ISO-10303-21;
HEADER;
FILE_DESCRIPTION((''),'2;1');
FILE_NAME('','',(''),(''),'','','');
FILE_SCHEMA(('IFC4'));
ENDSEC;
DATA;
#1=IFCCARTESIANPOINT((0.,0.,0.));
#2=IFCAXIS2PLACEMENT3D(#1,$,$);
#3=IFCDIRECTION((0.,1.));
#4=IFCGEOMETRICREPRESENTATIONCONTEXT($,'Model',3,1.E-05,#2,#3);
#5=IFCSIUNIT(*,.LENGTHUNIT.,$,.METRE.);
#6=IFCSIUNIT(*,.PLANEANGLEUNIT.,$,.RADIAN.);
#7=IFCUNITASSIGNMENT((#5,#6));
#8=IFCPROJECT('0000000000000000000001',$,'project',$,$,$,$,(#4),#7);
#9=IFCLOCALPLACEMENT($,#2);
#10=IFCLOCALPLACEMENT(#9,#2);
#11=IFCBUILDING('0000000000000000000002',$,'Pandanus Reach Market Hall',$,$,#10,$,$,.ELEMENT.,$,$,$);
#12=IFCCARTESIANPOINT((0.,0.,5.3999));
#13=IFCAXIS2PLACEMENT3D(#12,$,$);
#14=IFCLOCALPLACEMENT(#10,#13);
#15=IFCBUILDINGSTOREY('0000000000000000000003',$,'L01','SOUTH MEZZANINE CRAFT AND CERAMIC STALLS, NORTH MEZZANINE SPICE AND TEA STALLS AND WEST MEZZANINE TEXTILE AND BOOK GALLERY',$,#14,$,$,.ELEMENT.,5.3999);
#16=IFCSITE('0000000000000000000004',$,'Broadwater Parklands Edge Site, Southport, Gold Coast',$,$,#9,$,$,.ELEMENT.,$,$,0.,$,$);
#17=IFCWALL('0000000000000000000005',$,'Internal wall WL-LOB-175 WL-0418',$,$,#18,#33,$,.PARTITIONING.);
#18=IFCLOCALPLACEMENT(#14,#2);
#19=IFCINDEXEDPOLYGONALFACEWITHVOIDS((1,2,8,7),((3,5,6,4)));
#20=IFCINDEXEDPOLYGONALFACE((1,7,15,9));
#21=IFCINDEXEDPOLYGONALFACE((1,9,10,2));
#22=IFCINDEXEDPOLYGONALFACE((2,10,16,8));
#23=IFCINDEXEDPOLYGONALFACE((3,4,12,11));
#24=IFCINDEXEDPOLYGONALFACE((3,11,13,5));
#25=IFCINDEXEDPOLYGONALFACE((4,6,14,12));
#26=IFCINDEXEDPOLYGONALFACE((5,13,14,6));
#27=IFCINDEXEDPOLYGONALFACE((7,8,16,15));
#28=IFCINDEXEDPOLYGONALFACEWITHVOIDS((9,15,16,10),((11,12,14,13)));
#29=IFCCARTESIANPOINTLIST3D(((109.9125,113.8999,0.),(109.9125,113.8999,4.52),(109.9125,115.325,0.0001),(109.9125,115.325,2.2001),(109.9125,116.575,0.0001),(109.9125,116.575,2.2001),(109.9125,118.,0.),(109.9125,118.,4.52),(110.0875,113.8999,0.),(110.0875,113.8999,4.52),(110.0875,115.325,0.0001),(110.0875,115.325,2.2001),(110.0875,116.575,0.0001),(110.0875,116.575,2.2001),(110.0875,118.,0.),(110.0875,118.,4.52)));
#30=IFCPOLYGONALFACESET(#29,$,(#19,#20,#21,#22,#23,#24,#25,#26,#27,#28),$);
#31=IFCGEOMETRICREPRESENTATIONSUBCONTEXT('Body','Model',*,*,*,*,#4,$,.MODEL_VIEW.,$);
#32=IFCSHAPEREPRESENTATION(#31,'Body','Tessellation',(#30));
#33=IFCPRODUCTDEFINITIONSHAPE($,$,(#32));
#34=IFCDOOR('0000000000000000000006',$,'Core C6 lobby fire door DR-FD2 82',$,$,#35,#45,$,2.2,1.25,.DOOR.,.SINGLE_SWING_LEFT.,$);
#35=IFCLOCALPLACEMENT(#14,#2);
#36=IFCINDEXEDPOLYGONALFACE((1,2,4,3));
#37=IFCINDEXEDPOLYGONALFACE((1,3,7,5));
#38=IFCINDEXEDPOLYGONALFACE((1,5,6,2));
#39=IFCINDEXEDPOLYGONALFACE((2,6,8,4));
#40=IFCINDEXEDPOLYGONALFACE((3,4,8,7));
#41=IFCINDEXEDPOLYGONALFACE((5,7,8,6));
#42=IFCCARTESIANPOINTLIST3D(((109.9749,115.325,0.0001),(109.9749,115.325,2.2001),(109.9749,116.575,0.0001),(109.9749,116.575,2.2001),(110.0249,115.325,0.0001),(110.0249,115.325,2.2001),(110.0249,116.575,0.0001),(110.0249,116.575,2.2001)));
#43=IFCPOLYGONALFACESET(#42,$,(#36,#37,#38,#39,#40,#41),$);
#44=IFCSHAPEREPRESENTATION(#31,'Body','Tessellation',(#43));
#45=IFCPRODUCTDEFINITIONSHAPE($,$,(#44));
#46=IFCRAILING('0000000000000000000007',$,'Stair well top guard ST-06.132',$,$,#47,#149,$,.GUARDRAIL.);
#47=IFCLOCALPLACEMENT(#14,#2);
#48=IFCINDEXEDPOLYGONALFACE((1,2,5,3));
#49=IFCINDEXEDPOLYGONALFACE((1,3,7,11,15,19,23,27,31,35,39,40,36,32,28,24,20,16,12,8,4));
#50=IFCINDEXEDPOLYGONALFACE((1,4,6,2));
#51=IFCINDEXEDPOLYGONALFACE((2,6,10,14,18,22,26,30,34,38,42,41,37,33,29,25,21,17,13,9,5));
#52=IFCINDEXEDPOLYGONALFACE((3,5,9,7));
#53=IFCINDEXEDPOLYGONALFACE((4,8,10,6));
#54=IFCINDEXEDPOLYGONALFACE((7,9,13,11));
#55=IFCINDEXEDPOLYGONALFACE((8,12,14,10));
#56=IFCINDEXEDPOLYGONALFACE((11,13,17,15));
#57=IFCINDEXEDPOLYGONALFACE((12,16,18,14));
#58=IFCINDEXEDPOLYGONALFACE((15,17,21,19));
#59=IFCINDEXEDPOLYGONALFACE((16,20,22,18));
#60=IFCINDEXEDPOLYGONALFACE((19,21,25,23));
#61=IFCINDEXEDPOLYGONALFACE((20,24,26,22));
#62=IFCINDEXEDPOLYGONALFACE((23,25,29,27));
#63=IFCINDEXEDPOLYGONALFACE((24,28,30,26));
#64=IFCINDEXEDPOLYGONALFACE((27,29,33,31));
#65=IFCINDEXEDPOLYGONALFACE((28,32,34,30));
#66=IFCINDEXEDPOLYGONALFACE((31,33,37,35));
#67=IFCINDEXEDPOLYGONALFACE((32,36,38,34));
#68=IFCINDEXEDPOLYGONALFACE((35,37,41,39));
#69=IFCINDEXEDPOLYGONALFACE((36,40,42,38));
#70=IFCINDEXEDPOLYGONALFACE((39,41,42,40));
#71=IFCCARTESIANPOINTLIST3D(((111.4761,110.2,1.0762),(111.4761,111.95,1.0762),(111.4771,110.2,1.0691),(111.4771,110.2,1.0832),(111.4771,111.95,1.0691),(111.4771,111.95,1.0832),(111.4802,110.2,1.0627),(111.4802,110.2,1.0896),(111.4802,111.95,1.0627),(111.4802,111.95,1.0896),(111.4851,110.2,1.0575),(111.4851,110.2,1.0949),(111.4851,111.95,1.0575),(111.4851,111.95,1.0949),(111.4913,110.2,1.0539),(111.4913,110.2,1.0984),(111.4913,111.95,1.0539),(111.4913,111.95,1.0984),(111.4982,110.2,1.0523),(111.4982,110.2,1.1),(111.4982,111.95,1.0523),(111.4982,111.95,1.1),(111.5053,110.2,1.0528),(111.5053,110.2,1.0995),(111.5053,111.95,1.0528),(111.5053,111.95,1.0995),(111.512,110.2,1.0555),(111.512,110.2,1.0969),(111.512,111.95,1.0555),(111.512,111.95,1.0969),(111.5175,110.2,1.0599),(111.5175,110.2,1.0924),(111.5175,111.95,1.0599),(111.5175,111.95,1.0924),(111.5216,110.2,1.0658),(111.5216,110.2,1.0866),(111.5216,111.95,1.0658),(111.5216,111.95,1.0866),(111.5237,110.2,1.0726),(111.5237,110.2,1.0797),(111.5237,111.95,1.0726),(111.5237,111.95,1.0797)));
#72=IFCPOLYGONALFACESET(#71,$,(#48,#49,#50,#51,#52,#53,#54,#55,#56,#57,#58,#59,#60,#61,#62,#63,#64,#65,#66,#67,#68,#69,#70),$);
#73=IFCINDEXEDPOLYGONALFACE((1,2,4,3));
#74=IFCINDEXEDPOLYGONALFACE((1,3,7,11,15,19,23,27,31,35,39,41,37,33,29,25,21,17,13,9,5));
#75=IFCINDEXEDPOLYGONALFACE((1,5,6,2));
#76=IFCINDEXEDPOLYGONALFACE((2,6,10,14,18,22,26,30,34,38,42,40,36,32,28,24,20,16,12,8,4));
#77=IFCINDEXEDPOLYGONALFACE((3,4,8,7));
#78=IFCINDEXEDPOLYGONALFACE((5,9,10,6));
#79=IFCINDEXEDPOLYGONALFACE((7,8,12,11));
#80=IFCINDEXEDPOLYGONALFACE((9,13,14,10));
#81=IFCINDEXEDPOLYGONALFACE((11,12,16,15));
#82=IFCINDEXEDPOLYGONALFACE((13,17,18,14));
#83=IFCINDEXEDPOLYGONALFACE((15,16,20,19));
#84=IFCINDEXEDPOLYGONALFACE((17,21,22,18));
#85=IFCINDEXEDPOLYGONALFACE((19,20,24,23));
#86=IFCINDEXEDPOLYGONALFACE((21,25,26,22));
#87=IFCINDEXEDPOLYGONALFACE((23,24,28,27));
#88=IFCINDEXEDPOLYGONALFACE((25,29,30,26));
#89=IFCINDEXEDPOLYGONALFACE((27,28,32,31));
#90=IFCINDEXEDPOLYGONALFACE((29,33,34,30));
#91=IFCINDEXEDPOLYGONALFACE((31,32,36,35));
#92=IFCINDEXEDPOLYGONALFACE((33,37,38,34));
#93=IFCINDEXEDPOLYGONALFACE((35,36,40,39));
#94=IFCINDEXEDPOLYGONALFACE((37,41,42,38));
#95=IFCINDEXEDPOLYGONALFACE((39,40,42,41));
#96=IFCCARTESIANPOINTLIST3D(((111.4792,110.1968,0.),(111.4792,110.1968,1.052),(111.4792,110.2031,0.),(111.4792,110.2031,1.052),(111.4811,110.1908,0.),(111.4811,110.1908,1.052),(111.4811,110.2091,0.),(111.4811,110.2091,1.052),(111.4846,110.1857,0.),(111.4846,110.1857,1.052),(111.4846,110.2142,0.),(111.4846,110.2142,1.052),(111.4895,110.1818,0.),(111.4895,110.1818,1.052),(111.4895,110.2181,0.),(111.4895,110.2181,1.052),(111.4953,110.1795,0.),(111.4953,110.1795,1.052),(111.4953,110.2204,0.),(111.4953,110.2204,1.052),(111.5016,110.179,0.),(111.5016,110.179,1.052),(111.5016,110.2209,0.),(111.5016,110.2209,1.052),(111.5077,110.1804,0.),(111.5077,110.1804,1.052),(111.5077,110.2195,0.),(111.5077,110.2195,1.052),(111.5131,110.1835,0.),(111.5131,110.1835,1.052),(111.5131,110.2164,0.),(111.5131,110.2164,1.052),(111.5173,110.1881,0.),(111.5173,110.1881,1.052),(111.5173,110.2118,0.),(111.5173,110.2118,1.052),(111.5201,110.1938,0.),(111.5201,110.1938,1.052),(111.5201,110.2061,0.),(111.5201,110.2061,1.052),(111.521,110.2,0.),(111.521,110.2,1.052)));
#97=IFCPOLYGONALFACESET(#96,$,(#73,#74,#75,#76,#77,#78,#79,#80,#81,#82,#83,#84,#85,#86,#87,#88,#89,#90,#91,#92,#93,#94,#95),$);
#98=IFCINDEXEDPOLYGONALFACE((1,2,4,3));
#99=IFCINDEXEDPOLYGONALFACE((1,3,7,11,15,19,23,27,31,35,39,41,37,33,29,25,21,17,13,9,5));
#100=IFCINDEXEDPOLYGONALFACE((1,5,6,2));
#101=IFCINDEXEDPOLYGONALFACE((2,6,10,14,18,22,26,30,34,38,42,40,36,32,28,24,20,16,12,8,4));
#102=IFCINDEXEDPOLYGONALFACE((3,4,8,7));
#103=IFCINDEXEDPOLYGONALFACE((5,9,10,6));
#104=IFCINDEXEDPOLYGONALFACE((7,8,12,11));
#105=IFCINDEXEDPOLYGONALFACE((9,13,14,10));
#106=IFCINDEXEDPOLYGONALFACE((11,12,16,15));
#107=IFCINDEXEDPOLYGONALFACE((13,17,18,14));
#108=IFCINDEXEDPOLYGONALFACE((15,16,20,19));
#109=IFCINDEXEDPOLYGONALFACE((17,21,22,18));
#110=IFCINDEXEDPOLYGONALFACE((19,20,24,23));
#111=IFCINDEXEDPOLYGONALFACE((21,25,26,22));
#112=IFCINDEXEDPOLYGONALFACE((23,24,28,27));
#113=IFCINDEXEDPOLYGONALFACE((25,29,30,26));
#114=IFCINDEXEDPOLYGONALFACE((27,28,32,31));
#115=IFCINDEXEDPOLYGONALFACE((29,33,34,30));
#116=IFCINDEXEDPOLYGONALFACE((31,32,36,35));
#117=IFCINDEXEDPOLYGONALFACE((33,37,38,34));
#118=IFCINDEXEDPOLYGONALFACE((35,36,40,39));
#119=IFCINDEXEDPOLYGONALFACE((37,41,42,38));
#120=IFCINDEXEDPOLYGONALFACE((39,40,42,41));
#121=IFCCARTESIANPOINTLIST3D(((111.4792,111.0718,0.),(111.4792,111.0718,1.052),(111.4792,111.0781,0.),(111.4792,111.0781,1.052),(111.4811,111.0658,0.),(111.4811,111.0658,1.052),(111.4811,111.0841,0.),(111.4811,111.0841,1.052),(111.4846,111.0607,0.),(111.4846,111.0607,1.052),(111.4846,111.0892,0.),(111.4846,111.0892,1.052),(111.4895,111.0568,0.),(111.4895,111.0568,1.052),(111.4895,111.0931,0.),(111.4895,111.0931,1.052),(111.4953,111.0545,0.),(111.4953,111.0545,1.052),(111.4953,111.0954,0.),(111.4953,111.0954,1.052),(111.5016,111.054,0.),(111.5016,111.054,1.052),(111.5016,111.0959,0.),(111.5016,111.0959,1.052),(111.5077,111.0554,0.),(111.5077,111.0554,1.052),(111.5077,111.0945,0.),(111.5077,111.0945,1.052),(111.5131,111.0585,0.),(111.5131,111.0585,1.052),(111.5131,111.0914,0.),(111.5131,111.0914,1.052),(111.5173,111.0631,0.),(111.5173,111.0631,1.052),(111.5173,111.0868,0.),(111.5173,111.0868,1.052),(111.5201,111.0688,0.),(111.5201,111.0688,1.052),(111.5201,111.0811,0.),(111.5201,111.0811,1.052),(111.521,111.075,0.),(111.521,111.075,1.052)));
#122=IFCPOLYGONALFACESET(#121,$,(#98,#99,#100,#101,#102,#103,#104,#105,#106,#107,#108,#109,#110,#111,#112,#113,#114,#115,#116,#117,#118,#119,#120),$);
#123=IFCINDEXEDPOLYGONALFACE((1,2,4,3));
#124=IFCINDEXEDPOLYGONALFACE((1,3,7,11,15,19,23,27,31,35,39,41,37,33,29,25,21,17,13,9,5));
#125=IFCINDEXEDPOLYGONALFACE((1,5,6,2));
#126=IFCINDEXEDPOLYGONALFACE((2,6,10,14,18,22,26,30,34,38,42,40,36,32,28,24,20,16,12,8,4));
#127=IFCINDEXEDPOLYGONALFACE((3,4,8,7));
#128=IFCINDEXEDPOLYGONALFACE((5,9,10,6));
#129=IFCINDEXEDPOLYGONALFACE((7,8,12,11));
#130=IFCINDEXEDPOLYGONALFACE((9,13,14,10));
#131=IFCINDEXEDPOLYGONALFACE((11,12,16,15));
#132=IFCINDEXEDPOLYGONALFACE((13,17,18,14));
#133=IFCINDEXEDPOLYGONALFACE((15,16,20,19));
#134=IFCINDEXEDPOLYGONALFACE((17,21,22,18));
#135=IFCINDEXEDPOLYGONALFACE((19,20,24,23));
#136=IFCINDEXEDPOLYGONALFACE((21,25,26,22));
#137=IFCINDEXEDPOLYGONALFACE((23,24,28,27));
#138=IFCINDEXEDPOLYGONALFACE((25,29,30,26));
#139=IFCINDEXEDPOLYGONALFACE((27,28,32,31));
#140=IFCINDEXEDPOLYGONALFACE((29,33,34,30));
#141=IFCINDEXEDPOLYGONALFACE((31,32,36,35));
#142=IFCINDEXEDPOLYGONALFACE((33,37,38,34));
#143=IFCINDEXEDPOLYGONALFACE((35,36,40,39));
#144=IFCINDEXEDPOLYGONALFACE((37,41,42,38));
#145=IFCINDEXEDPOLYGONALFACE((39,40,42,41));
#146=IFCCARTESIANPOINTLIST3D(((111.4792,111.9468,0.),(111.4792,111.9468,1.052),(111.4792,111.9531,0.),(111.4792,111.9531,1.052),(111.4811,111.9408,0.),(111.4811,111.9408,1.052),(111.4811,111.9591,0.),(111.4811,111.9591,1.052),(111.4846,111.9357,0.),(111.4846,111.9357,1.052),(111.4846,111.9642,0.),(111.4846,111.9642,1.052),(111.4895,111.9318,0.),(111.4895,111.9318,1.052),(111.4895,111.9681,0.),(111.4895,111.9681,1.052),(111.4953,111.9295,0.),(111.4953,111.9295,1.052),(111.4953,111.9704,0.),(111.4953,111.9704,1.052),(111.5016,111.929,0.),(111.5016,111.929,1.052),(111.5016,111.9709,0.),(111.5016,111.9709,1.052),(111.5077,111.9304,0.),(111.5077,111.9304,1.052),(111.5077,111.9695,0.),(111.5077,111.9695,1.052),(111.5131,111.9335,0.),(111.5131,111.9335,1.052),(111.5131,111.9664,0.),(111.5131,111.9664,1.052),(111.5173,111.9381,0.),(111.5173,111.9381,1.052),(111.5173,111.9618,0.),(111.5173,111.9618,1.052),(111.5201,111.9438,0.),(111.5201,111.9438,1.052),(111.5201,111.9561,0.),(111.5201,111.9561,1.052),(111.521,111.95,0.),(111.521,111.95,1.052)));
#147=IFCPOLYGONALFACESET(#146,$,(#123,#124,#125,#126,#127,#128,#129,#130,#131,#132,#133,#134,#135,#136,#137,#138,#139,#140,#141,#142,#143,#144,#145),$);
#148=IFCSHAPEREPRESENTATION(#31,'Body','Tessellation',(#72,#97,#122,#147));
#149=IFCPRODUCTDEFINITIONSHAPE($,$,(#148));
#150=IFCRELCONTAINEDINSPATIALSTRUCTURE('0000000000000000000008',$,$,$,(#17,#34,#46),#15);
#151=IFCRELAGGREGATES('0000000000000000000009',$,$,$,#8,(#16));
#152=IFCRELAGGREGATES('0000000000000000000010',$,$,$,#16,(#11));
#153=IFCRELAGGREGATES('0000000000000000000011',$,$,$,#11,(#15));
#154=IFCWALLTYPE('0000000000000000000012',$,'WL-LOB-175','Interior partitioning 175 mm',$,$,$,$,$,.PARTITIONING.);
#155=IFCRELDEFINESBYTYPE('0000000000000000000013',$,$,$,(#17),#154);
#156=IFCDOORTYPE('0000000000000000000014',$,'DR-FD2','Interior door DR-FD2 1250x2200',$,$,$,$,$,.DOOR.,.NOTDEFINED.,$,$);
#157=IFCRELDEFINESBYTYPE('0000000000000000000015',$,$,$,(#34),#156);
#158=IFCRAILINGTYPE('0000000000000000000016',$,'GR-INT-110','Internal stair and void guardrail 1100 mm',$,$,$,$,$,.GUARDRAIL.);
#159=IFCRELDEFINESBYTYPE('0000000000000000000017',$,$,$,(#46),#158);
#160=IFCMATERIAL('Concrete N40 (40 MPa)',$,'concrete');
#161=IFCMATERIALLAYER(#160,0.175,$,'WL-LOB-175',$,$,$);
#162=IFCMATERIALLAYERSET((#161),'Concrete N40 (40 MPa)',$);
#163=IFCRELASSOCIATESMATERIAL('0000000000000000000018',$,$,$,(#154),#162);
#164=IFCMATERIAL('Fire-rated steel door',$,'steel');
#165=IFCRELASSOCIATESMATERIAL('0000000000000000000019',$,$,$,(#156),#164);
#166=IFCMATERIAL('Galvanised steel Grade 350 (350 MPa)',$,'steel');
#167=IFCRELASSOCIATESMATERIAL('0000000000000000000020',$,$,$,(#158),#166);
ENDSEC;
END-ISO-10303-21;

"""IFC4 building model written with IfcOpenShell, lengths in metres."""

from ifc_helpers import new_model, si_unit, direction, frame, frame_2d, origin, origin_2d, place, context, subcontext, project, spatial, rectangle, circle, extrude, material, layer, layer_set, type_object, element, fill, save


model = new_model("IFC4")

# Units and contexts
model_context = context("Model", 3, precision=1e-05, world=origin(), true_north=direction((0.0, 1.0)))
body_context = subcontext(model_context, "Body", "Model", "MODEL_VIEW")
ifc_project = project(units=[si_unit("LENGTHUNIT", "METRE"), si_unit("PLANEANGLEUNIT", "RADIAN")], contexts=[model_context])

# Site, building, storey
site_placement = place(None, origin())
site = spatial("IfcSite", under=ifc_project, at=site_placement, Name="Broadwater Parklands Edge Site, Southport, Gold Coast", CompositionType="ELEMENT", RefElevation=0.0)
building_placement = place(site_placement, origin())
building = spatial("IfcBuilding", under=site, at=building_placement, Name="Pandanus Reach Market Hall", CompositionType="ELEMENT")
storey_placement = place(building_placement, frame((0.0, 0.0, 5.3999)))
storey = spatial("IfcBuildingStorey", under=building, at=storey_placement, Name="L01", Description="SOUTH MEZZANINE CRAFT AND CERAMIC STALLS, NORTH MEZZANINE SPICE AND TEA STALLS AND WEST MEZZANINE TEXTILE AND BOOK GALLERY", CompositionType="ELEMENT", Elevation=5.3999)

# Shared definitions
ifc_material_1 = material(Name="Concrete N40 (40 MPa)", Category="concrete")

# Shared definitions
ifc_material_2 = material(Name="Fire-rated steel door", Category="steel")

# Wall, opening, door
ifc_layer_1 = layer(ifc_material_1, 0.175, Name="WL-LOB-175")
ifc_layer_set_1 = layer_set([ifc_layer_1], Name="Concrete N40 (40 MPa)")
wall_type_1 = type_object("IfcWallType", Name="WL-LOB-175", Description="Interior partitioning 175 mm", PredefinedType="PARTITIONING", material=ifc_layer_set_1)
wall_1_placement = place(storey_placement, frame((110.0, 113.8999, 0.0), z_axis=(0.0, 0.0, 1.0), x_axis=(0.0, 1.0, 0.0)))
wall_1 = element("IfcWall", 1, at=wall_1_placement, inside=storey, type_object=wall_type_1, Name="Internal wall WL-LOB-175 WL-0418", PredefinedType="PARTITIONING", context=body_context, shape_type="SweptSolid", body=[
    extrude(rectangle(XDim=4.1001, YDim=0.175, at=frame_2d((2.05, 0.0))), origin(), (0.0, 0.0, 1.0), 4.52),
])
opening_1_placement = place(wall_1_placement, frame((1.425, 0.0, 0.0)))
opening_1 = element("IfcOpeningElement", 2, at=opening_1_placement, cuts=wall_1, PredefinedType="OPENING", context=body_context, shape_type="SweptSolid", body=[
    extrude(rectangle(XDim=1.25, YDim=2.2, at=frame_2d((0.625, 1.1001))), frame((0.0, 0.1025, 0.0), z_axis=(0.0, -1.0, 0.0), x_axis=(1.0, 0.0, 0.0)), (0.0, 0.0, 1.0), 0.2051),
])
door_type_1 = type_object("IfcDoorType", Name="DR-FD2", Description="Interior door DR-FD2 1250x2200", OperationType="NOTDEFINED", PredefinedType="DOOR", material=ifc_material_2)
door_1_placement = place(opening_1_placement, frame((1.25, 0.0, 0.0), z_axis=(0.0, 0.0, 1.0), x_axis=(-1.0, 0.0, 0.0)))
door_1 = element("IfcDoor", 3, at=door_1_placement, inside=storey, type_object=door_type_1, Name="Core C6 lobby fire door DR-FD2 82", OperationType="SINGLE_SWING_LEFT", OverallHeight=2.2, OverallWidth=1.25, PredefinedType="DOOR", context=body_context, shape_type="SweptSolid", body=[
    extrude(rectangle(XDim=1.25, YDim=2.2, at=frame_2d((0.625, 1.1001))), frame((0.0, 0.0249, 0.0), z_axis=(0.0, -1.0, 0.0), x_axis=(1.0, 0.0, 0.0)), (0.0, 0.0, 1.0), 0.05),
])
fill(opening_1, door_1)

# Railing
ifc_material_3 = material(Name="Galvanised steel Grade 350 (350 MPa)", Category="steel")
railing_type = type_object("IfcRailingType", Name="GR-INT-110", Description="Internal stair and void guardrail 1100 mm", PredefinedType="GUARDRAIL", material=ifc_material_3)
railing_placement = place(storey_placement, frame((111.5, 110.2, 0.0)))
element("IfcRailing", 4, at=railing_placement, inside=storey, type_object=railing_type, Name="Stair well top guard ST-06.132", PredefinedType="GUARDRAIL", context=body_context, shape_type="SweptSolid", body=[
    extrude(circle(Radius=0.0239, at=origin_2d()), frame((0.0, 0.0, 1.0762), z_axis=(0.0, 1.0, 0.0), x_axis=(-1.0, 0.0, 0.0)), (0.0, 0.0, 1.0), 1.75),
    extrude(circle(Radius=0.021, at=origin_2d()), origin(), (0.0, 0.0, 1.0), 1.052),
    extrude(circle(Radius=0.021, at=origin_2d()), frame((0.0, 0.875, 0.0)), (0.0, 0.0, 1.0), 1.052),
    extrude(circle(Radius=0.021, at=origin_2d()), frame((0.0, 1.75, 0.0)), (0.0, 0.0, 1.0), 1.052),
])

save(model, "model.ifc")
